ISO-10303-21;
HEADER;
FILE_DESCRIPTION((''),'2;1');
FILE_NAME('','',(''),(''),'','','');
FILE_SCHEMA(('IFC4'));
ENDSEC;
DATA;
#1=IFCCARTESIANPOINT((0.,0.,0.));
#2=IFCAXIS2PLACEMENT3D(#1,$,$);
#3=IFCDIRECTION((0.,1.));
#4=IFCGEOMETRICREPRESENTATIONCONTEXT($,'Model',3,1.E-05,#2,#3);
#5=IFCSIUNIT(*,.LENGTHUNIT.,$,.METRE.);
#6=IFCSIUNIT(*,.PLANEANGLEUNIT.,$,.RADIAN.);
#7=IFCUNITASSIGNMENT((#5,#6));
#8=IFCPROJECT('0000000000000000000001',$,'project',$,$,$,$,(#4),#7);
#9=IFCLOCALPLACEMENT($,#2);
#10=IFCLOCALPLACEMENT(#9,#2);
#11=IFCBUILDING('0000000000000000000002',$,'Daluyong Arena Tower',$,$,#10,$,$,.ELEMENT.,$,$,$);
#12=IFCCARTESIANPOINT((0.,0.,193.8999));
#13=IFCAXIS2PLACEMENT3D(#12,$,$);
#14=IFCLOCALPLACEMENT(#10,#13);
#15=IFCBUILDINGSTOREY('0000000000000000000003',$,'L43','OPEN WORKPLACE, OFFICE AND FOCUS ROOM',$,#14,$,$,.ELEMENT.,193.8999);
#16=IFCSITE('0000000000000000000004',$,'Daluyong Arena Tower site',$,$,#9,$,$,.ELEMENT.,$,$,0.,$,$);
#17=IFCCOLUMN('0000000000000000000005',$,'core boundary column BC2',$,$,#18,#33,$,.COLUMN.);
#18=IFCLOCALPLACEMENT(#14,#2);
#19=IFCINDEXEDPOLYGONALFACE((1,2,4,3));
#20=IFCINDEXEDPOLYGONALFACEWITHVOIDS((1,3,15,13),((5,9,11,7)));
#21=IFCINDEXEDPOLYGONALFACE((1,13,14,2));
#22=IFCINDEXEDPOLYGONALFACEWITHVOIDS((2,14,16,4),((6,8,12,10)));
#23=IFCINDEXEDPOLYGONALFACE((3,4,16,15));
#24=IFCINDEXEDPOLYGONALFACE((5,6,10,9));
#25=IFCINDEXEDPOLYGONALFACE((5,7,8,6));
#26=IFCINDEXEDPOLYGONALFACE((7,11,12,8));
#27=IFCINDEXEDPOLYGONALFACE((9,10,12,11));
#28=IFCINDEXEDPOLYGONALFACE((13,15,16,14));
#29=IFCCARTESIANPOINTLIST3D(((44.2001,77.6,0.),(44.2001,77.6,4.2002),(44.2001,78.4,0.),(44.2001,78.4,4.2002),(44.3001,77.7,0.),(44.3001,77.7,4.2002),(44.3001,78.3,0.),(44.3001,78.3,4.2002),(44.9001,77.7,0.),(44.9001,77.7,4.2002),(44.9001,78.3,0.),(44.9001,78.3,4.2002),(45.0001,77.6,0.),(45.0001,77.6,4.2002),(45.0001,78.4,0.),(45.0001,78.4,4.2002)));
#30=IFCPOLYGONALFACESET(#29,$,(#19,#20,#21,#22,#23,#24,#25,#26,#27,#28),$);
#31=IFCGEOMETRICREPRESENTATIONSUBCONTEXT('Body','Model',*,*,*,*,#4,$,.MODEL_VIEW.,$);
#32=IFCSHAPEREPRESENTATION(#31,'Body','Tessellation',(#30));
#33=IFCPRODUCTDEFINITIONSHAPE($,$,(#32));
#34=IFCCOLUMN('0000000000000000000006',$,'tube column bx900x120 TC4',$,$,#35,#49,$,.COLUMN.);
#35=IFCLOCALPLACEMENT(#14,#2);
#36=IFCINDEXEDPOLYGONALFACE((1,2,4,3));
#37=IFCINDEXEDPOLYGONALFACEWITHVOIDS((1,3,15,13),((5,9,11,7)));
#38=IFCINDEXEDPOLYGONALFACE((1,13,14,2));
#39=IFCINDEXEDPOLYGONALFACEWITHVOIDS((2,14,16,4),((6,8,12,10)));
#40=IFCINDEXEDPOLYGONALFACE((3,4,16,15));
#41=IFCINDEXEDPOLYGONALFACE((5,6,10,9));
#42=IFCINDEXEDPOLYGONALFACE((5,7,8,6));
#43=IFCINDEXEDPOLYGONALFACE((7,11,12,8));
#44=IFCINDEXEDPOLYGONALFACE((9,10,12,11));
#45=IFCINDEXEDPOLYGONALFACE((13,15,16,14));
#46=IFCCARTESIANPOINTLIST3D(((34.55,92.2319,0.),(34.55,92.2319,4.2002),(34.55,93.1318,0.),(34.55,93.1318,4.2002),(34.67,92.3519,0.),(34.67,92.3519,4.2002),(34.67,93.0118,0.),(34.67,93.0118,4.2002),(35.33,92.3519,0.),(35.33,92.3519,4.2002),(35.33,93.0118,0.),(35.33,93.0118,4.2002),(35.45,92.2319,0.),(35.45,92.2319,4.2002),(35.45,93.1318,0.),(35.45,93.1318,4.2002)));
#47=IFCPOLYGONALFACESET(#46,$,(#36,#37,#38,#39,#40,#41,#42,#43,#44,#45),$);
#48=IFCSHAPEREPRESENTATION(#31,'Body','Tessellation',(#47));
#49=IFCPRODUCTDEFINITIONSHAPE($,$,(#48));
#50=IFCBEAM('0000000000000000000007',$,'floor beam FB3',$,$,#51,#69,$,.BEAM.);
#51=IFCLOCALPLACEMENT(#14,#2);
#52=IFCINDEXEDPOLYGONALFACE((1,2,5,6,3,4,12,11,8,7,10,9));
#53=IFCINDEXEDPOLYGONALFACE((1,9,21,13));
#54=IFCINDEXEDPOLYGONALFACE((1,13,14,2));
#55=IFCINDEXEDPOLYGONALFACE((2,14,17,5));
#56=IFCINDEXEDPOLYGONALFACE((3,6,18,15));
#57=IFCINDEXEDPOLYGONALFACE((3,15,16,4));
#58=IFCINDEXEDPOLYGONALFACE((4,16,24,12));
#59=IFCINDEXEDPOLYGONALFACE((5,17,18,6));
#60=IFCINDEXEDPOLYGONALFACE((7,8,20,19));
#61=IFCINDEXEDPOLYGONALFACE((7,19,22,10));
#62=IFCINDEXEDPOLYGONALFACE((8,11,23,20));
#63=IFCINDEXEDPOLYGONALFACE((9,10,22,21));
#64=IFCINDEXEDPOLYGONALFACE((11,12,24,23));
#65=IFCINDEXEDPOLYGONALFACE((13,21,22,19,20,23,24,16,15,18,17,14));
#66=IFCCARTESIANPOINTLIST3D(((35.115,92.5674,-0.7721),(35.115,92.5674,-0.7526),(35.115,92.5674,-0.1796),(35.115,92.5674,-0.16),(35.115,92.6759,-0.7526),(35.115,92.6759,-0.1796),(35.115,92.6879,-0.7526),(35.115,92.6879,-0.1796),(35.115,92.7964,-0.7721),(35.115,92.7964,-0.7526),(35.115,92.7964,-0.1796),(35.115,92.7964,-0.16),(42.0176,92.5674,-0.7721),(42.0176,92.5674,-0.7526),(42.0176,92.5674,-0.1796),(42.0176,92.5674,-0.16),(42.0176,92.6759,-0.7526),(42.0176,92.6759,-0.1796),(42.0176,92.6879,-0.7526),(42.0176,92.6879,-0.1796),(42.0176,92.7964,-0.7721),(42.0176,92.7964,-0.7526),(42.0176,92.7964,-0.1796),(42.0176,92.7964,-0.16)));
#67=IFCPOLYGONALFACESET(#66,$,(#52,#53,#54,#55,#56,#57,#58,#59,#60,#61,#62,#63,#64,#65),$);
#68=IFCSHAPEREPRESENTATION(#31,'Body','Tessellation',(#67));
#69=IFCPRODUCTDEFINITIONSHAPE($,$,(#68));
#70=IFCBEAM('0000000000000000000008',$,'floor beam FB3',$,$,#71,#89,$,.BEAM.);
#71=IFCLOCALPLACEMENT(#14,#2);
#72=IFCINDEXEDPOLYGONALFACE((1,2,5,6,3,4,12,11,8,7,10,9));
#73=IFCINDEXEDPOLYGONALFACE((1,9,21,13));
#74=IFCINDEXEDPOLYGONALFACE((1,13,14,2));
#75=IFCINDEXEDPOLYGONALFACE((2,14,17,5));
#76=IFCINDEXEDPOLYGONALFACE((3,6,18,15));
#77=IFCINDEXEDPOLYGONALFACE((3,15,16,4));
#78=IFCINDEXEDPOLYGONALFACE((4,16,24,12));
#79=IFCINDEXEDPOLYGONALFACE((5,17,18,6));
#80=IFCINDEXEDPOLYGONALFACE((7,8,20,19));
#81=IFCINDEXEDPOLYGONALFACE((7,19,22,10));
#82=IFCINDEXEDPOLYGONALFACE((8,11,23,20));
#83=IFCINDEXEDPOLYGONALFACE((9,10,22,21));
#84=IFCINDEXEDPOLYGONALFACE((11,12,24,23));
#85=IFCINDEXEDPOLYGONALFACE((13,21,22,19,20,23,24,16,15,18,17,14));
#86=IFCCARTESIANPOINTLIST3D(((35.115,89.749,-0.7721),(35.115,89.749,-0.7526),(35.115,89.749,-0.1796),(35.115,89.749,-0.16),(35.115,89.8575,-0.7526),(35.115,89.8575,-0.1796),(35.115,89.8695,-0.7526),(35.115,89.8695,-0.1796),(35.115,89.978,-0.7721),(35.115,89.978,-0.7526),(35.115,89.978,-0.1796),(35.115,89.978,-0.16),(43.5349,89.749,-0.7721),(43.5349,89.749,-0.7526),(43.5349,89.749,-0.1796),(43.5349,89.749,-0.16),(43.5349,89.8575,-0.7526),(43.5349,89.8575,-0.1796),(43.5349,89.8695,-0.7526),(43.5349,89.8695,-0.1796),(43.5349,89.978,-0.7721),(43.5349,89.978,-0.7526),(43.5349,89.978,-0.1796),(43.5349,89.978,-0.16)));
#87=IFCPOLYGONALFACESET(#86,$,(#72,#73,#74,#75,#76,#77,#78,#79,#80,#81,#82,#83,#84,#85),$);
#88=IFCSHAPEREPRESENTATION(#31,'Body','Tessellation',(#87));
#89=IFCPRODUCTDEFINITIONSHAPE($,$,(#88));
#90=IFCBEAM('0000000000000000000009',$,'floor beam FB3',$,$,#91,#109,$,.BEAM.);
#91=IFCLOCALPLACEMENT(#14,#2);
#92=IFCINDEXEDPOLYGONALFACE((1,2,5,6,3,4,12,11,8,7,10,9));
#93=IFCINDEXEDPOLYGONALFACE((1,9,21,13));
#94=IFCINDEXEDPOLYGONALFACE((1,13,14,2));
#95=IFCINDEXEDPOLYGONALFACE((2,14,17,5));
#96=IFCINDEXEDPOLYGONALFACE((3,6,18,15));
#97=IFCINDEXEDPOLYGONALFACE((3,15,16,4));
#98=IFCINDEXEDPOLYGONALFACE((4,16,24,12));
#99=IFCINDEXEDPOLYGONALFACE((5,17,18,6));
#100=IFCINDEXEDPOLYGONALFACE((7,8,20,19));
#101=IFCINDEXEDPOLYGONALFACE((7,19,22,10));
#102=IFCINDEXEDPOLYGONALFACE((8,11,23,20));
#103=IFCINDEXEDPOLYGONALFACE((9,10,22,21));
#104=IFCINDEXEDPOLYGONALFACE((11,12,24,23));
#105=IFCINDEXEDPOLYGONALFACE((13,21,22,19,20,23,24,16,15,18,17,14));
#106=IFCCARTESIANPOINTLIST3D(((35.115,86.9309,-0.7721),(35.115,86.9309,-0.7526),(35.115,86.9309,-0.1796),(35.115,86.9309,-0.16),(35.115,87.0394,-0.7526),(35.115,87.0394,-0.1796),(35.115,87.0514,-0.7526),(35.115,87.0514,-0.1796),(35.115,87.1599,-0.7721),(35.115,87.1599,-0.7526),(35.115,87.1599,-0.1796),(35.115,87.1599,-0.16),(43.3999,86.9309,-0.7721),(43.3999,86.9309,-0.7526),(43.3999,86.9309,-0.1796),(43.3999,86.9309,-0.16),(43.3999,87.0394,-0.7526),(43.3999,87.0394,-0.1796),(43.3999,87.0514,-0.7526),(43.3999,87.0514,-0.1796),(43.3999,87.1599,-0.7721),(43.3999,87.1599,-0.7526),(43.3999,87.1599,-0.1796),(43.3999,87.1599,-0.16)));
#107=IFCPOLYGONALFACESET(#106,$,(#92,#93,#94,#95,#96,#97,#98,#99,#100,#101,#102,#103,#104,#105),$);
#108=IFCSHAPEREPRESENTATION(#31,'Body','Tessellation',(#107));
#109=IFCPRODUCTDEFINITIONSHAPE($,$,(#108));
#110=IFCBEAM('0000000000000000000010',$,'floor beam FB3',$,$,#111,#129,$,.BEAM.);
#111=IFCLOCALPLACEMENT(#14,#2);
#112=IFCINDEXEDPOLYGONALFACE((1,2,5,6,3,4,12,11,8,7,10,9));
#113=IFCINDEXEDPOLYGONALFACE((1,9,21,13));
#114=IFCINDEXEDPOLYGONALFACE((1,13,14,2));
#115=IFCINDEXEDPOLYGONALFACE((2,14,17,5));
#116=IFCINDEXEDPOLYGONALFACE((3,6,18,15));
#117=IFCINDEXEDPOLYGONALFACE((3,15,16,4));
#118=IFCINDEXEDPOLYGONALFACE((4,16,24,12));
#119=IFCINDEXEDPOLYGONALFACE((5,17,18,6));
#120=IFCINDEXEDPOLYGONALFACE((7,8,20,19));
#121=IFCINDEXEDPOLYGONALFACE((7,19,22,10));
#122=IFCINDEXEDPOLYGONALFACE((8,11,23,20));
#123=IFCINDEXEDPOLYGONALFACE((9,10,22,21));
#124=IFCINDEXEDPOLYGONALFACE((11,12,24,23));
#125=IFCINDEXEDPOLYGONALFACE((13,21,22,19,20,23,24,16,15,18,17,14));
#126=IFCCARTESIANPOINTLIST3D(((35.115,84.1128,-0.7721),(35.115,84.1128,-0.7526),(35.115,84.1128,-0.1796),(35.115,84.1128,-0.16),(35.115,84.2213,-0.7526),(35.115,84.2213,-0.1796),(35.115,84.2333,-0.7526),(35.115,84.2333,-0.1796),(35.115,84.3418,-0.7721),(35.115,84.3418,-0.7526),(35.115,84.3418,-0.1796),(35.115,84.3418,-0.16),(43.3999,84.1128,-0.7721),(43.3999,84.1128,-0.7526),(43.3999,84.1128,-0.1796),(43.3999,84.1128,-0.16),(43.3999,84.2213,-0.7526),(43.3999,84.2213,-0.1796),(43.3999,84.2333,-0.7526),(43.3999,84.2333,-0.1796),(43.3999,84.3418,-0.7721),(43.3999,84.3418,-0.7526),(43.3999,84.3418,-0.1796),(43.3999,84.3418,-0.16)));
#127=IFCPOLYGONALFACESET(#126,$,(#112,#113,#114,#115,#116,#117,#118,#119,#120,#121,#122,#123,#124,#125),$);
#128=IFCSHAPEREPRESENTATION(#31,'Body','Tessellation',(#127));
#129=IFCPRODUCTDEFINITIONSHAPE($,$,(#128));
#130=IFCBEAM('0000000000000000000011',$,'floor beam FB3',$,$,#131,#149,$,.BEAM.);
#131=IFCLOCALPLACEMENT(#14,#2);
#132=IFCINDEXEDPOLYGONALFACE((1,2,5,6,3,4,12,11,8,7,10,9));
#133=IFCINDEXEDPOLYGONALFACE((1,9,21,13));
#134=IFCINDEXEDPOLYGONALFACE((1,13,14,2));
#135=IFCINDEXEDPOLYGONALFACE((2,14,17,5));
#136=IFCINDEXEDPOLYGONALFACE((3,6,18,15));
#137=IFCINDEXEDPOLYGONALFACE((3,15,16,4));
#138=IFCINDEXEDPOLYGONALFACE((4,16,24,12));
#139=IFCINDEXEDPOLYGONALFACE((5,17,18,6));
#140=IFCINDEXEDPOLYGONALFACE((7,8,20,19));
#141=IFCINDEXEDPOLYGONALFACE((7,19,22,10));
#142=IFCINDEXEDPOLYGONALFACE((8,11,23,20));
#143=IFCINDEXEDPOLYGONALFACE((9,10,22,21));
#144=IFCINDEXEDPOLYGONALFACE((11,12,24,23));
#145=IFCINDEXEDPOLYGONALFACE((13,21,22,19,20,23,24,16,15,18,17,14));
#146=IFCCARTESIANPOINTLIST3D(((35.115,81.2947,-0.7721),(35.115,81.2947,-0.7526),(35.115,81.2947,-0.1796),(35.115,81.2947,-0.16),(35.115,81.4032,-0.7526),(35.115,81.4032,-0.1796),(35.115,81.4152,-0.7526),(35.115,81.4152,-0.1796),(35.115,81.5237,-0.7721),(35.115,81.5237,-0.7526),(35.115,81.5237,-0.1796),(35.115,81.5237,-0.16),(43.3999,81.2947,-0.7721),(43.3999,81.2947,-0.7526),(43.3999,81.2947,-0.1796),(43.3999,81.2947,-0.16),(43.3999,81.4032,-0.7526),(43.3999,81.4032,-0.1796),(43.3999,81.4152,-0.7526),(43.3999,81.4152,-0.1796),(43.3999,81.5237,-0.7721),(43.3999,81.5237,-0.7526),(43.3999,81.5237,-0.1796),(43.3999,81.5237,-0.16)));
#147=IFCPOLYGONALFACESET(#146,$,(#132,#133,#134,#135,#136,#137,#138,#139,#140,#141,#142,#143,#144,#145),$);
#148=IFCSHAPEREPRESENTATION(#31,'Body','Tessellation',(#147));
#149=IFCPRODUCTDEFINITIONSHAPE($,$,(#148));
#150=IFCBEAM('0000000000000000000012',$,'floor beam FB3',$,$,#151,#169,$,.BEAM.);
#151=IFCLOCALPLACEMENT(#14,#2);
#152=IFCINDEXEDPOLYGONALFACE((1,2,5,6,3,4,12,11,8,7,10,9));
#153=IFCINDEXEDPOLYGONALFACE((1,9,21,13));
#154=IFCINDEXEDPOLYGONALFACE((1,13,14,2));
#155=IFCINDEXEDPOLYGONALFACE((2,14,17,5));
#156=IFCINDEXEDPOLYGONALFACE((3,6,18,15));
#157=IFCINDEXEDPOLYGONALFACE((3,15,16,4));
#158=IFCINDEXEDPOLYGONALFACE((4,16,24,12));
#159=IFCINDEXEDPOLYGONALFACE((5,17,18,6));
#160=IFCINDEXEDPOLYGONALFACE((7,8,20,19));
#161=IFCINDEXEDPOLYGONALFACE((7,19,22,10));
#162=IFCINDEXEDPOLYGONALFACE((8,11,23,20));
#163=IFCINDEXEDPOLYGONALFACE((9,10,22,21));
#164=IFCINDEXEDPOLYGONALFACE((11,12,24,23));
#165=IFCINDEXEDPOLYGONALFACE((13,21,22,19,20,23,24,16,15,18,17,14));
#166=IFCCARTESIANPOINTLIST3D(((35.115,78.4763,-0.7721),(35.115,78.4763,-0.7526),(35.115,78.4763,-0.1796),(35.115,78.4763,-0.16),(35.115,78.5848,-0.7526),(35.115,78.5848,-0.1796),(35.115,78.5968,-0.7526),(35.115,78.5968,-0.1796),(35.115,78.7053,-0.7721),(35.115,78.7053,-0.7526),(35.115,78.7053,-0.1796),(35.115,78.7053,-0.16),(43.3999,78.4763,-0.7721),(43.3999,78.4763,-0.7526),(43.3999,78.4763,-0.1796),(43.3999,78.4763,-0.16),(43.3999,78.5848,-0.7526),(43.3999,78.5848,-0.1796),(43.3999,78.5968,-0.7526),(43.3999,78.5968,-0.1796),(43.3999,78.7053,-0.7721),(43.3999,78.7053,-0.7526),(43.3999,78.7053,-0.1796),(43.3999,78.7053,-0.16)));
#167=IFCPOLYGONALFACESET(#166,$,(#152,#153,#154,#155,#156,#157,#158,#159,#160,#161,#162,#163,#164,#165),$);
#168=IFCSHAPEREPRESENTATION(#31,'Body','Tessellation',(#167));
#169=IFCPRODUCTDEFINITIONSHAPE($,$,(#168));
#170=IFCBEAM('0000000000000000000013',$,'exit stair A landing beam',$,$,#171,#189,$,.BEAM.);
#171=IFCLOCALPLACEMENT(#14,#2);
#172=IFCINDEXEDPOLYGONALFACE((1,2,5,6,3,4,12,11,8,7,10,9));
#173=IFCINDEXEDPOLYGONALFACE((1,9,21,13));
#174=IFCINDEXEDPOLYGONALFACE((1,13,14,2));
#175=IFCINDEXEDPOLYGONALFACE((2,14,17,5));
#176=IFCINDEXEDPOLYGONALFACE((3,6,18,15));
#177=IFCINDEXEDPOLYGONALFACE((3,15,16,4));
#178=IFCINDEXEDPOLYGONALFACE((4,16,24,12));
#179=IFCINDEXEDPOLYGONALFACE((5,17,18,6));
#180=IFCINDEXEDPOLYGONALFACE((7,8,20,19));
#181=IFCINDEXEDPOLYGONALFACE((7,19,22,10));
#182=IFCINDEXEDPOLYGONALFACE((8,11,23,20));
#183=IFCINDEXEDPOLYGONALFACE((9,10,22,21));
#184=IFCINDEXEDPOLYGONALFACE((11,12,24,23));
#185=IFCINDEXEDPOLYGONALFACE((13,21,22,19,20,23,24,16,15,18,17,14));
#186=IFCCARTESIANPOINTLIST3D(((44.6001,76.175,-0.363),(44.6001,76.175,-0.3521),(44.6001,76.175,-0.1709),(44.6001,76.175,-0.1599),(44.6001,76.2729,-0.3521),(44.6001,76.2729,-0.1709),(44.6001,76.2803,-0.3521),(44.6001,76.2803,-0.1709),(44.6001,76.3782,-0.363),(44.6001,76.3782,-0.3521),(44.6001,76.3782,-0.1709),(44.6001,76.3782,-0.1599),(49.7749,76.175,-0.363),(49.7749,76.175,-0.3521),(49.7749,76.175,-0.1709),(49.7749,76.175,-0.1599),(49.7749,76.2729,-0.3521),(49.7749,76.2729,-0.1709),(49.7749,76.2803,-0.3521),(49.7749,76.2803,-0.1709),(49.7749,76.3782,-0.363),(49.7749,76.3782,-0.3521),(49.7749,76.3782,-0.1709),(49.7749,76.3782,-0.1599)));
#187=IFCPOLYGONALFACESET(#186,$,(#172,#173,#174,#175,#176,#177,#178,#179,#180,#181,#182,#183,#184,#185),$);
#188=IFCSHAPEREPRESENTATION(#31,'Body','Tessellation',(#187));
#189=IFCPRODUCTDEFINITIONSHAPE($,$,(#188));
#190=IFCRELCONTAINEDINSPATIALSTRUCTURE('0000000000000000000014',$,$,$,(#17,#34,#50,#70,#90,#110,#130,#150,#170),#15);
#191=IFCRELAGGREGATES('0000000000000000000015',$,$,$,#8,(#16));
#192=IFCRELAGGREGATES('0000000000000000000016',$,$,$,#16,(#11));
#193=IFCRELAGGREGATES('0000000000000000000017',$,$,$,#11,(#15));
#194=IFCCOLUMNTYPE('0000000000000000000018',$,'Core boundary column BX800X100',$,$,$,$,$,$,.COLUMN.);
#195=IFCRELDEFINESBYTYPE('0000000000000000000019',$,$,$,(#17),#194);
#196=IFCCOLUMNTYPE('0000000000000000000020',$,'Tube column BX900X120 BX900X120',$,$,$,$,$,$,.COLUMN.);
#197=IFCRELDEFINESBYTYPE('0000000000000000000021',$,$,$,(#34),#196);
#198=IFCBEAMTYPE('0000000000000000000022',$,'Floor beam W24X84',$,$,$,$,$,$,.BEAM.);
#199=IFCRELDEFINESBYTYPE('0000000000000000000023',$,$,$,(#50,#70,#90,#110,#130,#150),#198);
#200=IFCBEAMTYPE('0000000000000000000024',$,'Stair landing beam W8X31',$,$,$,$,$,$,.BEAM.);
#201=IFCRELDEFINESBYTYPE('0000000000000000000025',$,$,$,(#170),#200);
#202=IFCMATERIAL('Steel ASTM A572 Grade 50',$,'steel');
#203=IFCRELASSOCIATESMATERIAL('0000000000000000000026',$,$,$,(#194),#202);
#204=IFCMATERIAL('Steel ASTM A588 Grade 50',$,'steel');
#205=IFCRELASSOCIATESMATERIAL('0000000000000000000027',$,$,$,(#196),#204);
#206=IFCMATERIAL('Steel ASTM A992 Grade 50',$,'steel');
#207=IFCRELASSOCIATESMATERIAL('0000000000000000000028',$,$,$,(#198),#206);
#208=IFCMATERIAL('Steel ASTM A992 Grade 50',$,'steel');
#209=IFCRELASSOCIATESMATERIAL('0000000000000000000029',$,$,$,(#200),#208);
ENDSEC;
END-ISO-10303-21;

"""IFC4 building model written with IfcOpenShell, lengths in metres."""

from ifc_helpers import new_model, si_unit, direction, frame, origin, origin_2d, place, context, subcontext, project, spatial, hollow_rectangle, i_section, extrude, material, material_profile, profile_set, type_object, element, save


model = new_model("IFC4")

# Units and contexts
model_context = context("Model", 3, precision=1e-05, world=origin(), true_north=direction((0.0, 1.0)))
body_context = subcontext(model_context, "Body", "Model", "MODEL_VIEW")
ifc_project = project(units=[si_unit("LENGTHUNIT", "METRE"), si_unit("PLANEANGLEUNIT", "RADIAN")], contexts=[model_context])

# Site, building, storey
site_placement = place(None, origin())
site = spatial("IfcSite", under=ifc_project, at=site_placement, Name="Daluyong Arena Tower site", CompositionType="ELEMENT", RefElevation=0.0)
building_placement = place(site_placement, origin())
building = spatial("IfcBuilding", under=site, at=building_placement, Name="Daluyong Arena Tower", CompositionType="ELEMENT")
storey_placement = place(building_placement, frame((0.0, 0.0, 193.8999)))
storey = spatial("IfcBuildingStorey", under=building, at=storey_placement, Name="L43", Description="OPEN WORKPLACE, OFFICE AND FOCUS ROOM", CompositionType="ELEMENT", Elevation=193.8999)

# Columns
ifc_material_1 = material(Name="Steel ASTM A572 Grade 50", Category="steel")
ifc_material_profile_1 = material_profile(ifc_material_1, hollow_rectangle(XDim=0.8, YDim=0.8, WallThickness=0.1, at=origin_2d()))
ifc_profile_set_1 = profile_set([ifc_material_profile_1], Name="Steel ASTM A572 Grade 50")
column_type_1 = type_object("IfcColumnType", Name="Core boundary column BX800X100", PredefinedType="COLUMN", material=ifc_profile_set_1)
column_1_placement = place(storey_placement, frame((44.6001, 78.0, 0.0), z_axis=(0.0, 0.0, 1.0), x_axis=(1.0, 0.0, 0.0)))
element("IfcColumn", 1, at=column_1_placement, inside=storey, type_object=column_type_1, Name="core boundary column BC2", PredefinedType="COLUMN", context=body_context, shape_type="SweptSolid", body=[
    extrude(hollow_rectangle(XDim=0.8, YDim=0.8, WallThickness=0.1, at=origin_2d()), origin(), (0.0, 0.0, 1.0), 4.2002),
])
ifc_material_2 = material(Name="Steel ASTM A588 Grade 50", Category="steel")
ifc_material_profile_2 = material_profile(ifc_material_2, hollow_rectangle(XDim=0.8999, YDim=0.8999, WallThickness=0.12, at=origin_2d()))
ifc_profile_set_2 = profile_set([ifc_material_profile_2], Name="Steel ASTM A588 Grade 50")
column_type_2 = type_object("IfcColumnType", Name="Tube column BX900X120 BX900X120", PredefinedType="COLUMN", material=ifc_profile_set_2)
column_2_placement = place(storey_placement, frame((35.0, 92.6819, 0.0), z_axis=(0.0, 0.0, 1.0), x_axis=(0.0, 1.0, 0.0)))
element("IfcColumn", 2, at=column_2_placement, inside=storey, type_object=column_type_2, Name="tube column bx900x120 TC4", PredefinedType="COLUMN", context=body_context, shape_type="SweptSolid", body=[
    extrude(hollow_rectangle(XDim=0.8999, YDim=0.8999, WallThickness=0.12, at=origin_2d()), origin(), (0.0, 0.0, 1.0), 4.2002),
])

# Beams
ifc_material_3 = material(Name="Steel ASTM A992 Grade 50", Category="steel")
ifc_material_profile_3 = material_profile(ifc_material_3, i_section(OverallWidth=0.229, OverallDepth=0.6121, WebThickness=0.012, FlangeThickness=0.0195, at=origin_2d()))
ifc_profile_set_3 = profile_set([ifc_material_profile_3], Name="Steel ASTM A992 Grade 50")
beam_type_1 = type_object("IfcBeamType", Name="Floor beam W24X84", PredefinedType="BEAM", material=ifc_profile_set_3)
beam_1_placement = place(storey_placement, frame((35.115, 92.6819, -0.4661), z_axis=(1.0, 0.0, 0.0), x_axis=(0.0, 1.0, 0.0)))
element("IfcBeam", 3, at=beam_1_placement, inside=storey, type_object=beam_type_1, Name="floor beam FB3", PredefinedType="BEAM", context=body_context, shape_type="SweptSolid", body=[
    extrude(i_section(OverallWidth=0.229, OverallDepth=0.6121, WebThickness=0.012, FlangeThickness=0.0195, at=origin_2d()), origin(), (0.0, 0.0, 1.0), 6.9026),
])
beam_2_placement = place(storey_placement, frame((35.115, 89.8635, -0.4661), z_axis=(1.0, 0.0, 0.0), x_axis=(0.0, 1.0, 0.0)))
element("IfcBeam", 4, at=beam_2_placement, inside=storey, type_object=beam_type_1, Name="floor beam FB3", PredefinedType="BEAM", context=body_context, shape_type="SweptSolid", body=[
    extrude(i_section(OverallWidth=0.229, OverallDepth=0.6121, WebThickness=0.012, FlangeThickness=0.0195, at=origin_2d()), origin(), (0.0, 0.0, 1.0), 8.4199),
])
for number, where, z_axis, x_axis, name in (
    (5, (35.115, 87.0454, -0.4661), (1.0, 0.0, 0.0), (0.0, 1.0, 0.0), "floor beam FB3"),
    (6, (35.115, 84.2273, -0.4661), (1.0, 0.0, 0.0), (0.0, 1.0, 0.0), "floor beam FB3"),
    (7, (35.115, 81.4092, -0.4661), (1.0, 0.0, 0.0), (0.0, 1.0, 0.0), "floor beam FB3"),
    (8, (35.115, 78.5908, -0.4661), (1.0, 0.0, 0.0), (0.0, 1.0, 0.0), "floor beam FB3"),
):
    element("IfcBeam", number, at=place(storey_placement, frame(where, z_axis=z_axis, x_axis=x_axis)), inside=storey, type_object=beam_type_1, Name=name, PredefinedType="BEAM", context=body_context, shape_type="SweptSolid", body=[
        extrude(i_section(OverallWidth=0.229, OverallDepth=0.6121, WebThickness=0.012, FlangeThickness=0.0195, at=origin_2d()), origin(), (0.0, 0.0, 1.0), 8.2849),
    ])
ifc_material_4 = material(Name="Steel ASTM A992 Grade 50", Category="steel")
ifc_material_profile_4 = material_profile(ifc_material_4, i_section(OverallWidth=0.2031, OverallDepth=0.2031, WebThickness=0.0073, FlangeThickness=0.011, at=origin_2d()))
ifc_profile_set_4 = profile_set([ifc_material_profile_4], Name="Steel ASTM A992 Grade 50")
beam_type_2 = type_object("IfcBeamType", Name="Stair landing beam W8X31", PredefinedType="BEAM", material=ifc_profile_set_4)
beam_3_placement = place(storey_placement, frame((44.6001, 76.2766, -0.2615), z_axis=(1.0, 0.0, 0.0), x_axis=(0.0, 1.0, 0.0)))
element("IfcBeam", 9, at=beam_3_placement, inside=storey, type_object=beam_type_2, Name="exit stair A landing beam", PredefinedType="BEAM", context=body_context, shape_type="SweptSolid", body=[
    extrude(i_section(OverallWidth=0.2031, OverallDepth=0.2031, WebThickness=0.0073, FlangeThickness=0.011, at=origin_2d()), origin(), (0.0, 0.0, 1.0), 5.1748),
])

save(model, "model.ifc")
